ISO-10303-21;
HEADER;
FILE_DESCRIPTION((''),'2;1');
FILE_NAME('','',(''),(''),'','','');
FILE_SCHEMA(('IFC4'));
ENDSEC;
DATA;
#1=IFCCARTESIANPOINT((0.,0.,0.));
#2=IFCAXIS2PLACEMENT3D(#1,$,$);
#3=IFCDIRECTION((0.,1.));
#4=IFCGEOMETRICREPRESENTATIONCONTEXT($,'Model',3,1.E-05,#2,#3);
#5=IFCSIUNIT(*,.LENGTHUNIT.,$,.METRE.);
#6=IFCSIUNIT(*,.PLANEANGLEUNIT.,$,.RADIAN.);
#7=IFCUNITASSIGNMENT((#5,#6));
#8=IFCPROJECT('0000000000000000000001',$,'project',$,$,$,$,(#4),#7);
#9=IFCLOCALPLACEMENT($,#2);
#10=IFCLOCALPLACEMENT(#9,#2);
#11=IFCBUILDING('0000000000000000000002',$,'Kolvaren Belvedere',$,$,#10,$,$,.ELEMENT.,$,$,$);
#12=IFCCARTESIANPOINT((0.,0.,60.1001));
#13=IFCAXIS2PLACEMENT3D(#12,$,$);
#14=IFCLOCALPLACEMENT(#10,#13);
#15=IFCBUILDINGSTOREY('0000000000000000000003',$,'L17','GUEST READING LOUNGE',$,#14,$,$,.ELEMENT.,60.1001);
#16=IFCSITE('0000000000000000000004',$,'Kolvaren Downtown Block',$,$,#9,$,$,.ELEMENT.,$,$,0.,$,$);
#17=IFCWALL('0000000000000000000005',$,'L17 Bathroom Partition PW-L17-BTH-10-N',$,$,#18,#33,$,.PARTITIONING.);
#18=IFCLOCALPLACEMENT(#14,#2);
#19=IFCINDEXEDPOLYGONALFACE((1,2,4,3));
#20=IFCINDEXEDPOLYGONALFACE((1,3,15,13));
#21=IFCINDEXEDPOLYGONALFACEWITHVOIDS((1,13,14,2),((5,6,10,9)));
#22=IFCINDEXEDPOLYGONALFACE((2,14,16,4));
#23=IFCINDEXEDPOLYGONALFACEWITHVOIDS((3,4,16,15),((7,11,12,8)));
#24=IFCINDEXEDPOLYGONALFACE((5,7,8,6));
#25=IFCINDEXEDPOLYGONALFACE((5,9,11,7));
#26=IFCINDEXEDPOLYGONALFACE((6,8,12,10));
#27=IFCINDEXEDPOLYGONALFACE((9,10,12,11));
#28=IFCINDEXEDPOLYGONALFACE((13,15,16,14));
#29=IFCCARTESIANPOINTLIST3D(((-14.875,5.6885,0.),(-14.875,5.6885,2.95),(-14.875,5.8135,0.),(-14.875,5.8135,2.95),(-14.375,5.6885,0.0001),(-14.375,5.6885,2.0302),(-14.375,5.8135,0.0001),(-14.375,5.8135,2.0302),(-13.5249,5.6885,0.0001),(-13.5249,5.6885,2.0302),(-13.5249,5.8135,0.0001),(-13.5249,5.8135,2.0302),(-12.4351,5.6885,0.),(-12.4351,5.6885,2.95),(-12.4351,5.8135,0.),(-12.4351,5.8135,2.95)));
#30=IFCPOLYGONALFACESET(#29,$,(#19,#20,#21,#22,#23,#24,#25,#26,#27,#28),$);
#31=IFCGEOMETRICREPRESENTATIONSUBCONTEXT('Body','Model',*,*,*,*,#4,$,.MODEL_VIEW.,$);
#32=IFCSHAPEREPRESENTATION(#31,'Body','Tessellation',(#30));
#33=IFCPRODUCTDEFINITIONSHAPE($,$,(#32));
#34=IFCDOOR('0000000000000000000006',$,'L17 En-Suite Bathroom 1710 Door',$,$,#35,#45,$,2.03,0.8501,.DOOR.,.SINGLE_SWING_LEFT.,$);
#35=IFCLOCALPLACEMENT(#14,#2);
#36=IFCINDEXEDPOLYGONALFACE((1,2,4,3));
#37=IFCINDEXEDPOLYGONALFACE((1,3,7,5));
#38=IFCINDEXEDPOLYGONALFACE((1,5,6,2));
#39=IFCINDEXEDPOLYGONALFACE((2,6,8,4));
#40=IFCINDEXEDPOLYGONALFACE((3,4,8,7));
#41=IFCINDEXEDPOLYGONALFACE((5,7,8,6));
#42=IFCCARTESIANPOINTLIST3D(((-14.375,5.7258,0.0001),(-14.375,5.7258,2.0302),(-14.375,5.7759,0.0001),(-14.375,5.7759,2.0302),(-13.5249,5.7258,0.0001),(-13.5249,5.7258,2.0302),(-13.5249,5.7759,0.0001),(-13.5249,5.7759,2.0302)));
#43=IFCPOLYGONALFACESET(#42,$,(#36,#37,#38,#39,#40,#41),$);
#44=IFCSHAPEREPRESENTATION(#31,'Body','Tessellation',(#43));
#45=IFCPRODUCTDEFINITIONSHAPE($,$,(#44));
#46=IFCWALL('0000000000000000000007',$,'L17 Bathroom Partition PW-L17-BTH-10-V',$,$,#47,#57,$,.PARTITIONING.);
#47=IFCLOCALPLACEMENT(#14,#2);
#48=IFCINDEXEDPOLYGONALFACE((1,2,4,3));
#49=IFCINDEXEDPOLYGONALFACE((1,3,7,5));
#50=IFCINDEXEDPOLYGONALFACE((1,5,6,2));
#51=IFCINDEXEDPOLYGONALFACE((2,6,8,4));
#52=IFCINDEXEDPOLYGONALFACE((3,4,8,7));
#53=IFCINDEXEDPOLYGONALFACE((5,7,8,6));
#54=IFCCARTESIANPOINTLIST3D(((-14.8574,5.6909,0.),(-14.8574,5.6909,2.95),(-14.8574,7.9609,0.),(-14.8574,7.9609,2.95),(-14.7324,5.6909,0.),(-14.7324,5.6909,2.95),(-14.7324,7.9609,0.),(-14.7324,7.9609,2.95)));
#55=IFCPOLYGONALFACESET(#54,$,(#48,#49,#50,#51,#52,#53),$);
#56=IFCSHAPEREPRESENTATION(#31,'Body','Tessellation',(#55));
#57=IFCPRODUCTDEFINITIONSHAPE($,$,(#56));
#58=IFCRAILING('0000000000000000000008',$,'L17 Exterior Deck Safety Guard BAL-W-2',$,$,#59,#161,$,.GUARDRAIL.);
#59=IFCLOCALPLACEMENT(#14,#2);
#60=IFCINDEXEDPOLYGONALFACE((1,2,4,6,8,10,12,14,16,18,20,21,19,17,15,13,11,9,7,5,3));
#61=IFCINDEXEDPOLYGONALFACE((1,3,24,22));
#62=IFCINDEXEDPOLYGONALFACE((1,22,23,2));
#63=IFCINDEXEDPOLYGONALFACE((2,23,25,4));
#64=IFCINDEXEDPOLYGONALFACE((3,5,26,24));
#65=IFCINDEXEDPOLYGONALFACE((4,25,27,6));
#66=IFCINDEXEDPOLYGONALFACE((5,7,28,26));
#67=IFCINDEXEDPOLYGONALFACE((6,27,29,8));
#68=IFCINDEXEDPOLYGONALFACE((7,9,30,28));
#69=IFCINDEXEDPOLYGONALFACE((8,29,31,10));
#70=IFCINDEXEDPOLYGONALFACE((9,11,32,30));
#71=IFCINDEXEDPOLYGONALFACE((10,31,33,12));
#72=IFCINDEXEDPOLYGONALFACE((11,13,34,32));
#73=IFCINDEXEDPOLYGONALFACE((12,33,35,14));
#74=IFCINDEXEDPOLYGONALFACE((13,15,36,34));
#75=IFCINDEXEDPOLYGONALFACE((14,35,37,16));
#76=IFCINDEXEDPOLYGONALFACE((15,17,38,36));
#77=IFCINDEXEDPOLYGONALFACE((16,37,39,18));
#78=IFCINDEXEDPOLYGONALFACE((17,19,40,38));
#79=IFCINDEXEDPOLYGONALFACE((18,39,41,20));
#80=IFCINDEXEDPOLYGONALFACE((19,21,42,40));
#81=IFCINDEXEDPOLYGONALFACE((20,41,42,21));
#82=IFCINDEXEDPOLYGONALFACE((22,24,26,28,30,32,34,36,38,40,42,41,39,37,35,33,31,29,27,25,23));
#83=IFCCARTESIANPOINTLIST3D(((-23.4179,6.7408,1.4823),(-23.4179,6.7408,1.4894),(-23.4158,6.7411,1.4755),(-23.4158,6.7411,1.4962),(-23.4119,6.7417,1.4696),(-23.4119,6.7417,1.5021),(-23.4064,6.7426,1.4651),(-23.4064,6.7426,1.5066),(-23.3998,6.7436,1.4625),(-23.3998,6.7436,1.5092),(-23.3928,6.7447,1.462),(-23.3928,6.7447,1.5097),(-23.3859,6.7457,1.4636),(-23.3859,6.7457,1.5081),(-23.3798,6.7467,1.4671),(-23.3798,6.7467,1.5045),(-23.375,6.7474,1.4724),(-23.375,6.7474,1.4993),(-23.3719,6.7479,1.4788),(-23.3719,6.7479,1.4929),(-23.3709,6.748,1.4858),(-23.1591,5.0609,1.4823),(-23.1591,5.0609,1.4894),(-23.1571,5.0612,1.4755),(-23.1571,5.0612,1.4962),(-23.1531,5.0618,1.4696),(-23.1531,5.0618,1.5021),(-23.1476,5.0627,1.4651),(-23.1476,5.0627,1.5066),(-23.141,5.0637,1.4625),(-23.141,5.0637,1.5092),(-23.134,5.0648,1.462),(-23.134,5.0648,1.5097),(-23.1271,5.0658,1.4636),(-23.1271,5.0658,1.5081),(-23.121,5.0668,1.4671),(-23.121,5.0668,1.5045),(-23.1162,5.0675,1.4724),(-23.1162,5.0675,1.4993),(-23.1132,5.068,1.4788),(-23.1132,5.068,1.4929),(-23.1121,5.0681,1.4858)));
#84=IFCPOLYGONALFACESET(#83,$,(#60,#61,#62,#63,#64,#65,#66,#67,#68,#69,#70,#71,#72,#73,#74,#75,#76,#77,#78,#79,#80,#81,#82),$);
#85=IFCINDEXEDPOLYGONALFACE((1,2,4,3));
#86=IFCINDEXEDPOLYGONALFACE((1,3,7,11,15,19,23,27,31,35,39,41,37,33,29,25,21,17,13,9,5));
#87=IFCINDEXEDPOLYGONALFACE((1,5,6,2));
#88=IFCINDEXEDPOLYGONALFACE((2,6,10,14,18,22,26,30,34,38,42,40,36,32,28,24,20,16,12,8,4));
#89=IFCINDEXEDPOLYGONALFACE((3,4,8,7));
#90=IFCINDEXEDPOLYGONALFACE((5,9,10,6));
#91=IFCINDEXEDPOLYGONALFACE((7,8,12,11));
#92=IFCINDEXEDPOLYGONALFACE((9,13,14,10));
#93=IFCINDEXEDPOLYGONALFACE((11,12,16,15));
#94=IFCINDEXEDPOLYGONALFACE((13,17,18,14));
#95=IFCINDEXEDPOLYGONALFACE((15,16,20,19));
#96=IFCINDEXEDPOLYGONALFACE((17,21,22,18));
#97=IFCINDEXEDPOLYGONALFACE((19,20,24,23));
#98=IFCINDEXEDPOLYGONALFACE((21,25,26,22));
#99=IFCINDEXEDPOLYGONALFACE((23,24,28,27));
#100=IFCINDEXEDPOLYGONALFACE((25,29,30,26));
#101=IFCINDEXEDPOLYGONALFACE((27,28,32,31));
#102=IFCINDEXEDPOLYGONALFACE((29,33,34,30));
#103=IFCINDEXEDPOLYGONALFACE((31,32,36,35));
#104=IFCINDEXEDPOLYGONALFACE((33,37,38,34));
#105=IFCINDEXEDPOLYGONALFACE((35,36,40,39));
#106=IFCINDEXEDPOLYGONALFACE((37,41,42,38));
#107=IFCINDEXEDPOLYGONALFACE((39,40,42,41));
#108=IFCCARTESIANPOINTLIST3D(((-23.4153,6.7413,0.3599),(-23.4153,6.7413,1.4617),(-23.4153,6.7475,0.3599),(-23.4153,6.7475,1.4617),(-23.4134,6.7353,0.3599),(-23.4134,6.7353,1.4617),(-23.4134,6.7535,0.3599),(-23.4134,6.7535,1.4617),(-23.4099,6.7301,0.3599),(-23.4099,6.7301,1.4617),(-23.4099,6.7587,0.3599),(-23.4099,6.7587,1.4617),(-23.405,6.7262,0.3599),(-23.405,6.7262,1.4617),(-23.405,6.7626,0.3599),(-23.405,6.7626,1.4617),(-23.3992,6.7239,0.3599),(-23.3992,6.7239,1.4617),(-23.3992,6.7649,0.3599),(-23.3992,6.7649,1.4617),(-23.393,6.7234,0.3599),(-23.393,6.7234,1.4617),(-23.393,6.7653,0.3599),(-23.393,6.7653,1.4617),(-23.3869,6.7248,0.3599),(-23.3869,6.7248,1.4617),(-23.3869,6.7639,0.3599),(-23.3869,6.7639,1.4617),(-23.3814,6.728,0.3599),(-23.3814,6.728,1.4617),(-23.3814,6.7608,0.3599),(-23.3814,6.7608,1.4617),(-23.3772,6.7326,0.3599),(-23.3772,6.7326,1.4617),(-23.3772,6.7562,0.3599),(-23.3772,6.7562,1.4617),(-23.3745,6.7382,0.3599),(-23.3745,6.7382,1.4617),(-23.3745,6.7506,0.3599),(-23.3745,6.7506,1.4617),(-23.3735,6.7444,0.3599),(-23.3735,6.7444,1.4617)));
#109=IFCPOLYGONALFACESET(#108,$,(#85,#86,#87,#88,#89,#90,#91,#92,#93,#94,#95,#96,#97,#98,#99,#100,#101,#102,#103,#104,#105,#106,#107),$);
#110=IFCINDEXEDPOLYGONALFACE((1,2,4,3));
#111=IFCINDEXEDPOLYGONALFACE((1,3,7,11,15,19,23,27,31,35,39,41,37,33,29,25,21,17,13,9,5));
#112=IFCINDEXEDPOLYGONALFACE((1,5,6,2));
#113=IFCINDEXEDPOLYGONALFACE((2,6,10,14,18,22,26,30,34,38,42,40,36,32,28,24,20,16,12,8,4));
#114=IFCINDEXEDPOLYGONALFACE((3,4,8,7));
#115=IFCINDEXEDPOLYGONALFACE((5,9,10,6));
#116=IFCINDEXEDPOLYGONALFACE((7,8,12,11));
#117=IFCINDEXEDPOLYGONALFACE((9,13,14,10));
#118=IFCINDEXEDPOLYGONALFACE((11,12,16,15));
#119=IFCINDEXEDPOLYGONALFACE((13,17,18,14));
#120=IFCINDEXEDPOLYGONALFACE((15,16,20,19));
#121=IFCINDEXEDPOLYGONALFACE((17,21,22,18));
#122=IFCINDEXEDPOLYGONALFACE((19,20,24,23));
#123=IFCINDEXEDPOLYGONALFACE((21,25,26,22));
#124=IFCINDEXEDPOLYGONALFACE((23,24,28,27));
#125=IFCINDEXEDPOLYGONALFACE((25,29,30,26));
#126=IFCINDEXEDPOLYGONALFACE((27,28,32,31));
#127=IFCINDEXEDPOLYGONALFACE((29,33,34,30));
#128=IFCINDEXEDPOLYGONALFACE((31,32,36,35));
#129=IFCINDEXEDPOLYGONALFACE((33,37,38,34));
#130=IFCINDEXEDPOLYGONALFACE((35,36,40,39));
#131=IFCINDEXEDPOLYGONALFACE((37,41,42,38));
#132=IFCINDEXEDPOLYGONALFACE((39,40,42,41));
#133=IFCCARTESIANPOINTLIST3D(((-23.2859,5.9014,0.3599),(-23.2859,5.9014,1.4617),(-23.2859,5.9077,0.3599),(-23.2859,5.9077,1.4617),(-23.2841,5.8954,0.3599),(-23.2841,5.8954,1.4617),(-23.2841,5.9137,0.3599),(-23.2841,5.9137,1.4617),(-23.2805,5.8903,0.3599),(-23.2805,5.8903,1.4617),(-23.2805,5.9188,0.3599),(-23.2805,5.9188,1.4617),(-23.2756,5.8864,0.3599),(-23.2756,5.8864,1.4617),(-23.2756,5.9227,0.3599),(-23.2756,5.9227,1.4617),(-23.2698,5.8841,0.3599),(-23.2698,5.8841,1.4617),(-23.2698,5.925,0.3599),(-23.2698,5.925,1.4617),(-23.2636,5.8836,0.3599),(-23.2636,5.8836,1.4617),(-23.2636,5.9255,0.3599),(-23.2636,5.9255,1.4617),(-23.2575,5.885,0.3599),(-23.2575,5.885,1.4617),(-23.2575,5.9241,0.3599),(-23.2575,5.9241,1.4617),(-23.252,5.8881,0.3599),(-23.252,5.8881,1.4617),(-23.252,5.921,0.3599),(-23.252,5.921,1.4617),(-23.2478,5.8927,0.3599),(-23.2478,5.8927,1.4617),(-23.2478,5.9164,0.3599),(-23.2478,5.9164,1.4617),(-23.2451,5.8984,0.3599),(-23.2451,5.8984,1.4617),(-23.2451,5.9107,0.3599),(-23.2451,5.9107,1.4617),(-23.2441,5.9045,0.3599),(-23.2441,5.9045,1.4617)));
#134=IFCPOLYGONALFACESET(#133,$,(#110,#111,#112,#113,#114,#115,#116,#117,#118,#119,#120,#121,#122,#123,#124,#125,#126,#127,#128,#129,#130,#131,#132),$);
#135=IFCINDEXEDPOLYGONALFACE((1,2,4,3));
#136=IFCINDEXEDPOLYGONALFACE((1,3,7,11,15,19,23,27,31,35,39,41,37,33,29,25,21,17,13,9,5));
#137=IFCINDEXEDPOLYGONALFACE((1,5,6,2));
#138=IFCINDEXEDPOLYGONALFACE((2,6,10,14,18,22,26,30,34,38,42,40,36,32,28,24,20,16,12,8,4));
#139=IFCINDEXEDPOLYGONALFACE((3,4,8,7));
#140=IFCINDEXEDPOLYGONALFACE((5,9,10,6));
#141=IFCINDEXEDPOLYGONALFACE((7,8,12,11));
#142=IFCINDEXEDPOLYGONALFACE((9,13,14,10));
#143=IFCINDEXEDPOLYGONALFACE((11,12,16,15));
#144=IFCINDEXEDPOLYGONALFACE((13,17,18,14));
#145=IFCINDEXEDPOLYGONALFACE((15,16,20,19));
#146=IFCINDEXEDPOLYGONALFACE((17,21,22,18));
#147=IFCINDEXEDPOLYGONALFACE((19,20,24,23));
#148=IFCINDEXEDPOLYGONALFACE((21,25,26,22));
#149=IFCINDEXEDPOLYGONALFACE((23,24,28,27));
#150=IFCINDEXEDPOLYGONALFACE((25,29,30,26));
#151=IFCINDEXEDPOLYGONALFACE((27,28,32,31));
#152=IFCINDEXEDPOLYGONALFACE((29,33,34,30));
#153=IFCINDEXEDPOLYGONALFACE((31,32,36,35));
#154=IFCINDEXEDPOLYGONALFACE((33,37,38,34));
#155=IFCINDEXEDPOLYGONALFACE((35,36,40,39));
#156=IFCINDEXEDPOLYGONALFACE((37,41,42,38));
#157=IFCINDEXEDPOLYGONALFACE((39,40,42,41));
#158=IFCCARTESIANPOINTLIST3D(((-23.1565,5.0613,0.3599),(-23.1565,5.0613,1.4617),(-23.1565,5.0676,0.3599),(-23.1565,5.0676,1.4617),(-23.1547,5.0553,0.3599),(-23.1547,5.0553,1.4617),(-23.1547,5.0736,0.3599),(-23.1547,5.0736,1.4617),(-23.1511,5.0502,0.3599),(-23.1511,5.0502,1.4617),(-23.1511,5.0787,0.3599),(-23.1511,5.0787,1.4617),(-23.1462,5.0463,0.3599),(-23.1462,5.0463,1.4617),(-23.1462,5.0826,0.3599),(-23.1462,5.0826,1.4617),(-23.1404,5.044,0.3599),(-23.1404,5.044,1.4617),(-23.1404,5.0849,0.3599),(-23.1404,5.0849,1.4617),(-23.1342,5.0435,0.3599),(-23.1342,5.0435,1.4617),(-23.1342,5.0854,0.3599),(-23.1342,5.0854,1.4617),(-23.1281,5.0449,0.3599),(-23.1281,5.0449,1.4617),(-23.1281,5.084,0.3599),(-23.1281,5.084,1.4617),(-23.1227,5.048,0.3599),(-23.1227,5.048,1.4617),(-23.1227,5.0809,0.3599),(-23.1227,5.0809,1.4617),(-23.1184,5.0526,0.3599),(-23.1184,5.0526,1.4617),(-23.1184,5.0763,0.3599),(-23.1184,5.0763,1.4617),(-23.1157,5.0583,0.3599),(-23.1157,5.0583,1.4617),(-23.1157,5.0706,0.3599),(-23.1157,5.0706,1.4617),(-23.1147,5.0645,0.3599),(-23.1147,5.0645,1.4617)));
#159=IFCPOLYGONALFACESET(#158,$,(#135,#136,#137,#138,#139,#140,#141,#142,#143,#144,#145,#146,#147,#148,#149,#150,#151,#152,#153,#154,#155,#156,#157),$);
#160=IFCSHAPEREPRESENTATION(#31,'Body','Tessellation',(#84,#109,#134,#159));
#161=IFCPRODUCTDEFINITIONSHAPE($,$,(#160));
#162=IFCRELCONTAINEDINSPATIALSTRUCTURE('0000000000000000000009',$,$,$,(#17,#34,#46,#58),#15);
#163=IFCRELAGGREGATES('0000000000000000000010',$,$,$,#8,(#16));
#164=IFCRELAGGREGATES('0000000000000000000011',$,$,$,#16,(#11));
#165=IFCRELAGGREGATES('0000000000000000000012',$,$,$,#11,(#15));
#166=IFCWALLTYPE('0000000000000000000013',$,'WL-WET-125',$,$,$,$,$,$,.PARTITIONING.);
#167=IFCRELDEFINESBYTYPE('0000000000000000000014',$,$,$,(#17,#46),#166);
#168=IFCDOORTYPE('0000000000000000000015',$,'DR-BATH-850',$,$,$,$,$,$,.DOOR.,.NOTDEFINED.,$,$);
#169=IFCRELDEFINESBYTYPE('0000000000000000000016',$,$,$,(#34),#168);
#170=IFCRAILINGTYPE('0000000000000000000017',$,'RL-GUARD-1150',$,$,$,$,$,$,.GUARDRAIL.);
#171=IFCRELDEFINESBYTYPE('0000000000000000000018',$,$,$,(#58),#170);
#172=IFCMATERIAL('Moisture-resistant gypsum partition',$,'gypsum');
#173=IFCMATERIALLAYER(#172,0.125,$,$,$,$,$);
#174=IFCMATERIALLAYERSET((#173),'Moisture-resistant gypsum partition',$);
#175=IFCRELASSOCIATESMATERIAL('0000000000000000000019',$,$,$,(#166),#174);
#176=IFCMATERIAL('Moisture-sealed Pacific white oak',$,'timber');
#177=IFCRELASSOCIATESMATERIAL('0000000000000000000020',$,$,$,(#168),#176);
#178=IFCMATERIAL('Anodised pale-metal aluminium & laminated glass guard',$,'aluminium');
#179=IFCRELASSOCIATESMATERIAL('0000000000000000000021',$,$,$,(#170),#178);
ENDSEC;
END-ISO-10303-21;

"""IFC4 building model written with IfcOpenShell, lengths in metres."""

from ifc_helpers import new_model, si_unit, direction, frame, frame_2d, origin, origin_2d, place, context, subcontext, project, spatial, rectangle, circle, extrude, material, layer, layer_set, type_object, element, fill, save


model = new_model("IFC4")

# Units and contexts
model_context = context("Model", 3, precision=1e-05, world=origin(), true_north=direction((0.0, 1.0)))
body_context = subcontext(model_context, "Body", "Model", "MODEL_VIEW")
ifc_project = project(units=[si_unit("LENGTHUNIT", "METRE"), si_unit("PLANEANGLEUNIT", "RADIAN")], contexts=[model_context])

# Site, building, storey
site_placement = place(None, origin())
site = spatial("IfcSite", under=ifc_project, at=site_placement, Name="Kolvaren Downtown Block", CompositionType="ELEMENT", RefElevation=0.0)
building_placement = place(site_placement, origin())
building = spatial("IfcBuilding", under=site, at=building_placement, Name="Kolvaren Belvedere", CompositionType="ELEMENT")
storey_placement = place(building_placement, frame((0.0, 0.0, 60.1001)))
storey = spatial("IfcBuildingStorey", under=building, at=storey_placement, Name="L17", Description="GUEST READING LOUNGE", CompositionType="ELEMENT", Elevation=60.1001)

# Wall, opening, door
ifc_material_1 = material(Name="Moisture-resistant gypsum partition", Category="gypsum")
ifc_layer_1 = layer(ifc_material_1, 0.125)
ifc_layer_set_1 = layer_set([ifc_layer_1], Name="Moisture-resistant gypsum partition")
wall_type_1 = type_object("IfcWallType", Name="WL-WET-125", PredefinedType="PARTITIONING", material=ifc_layer_set_1)
wall_1_placement = place(storey_placement, frame((-14.875, 5.751, 0.0), z_axis=(0.0, 0.0, 1.0), x_axis=(1.0, 0.0, 0.0)))
wall_1 = element("IfcWall", 1, at=wall_1_placement, inside=storey, type_object=wall_type_1, Name="L17 Bathroom Partition PW-L17-BTH-10-N", PredefinedType="PARTITIONING", context=body_context, shape_type="SweptSolid", body=[
    extrude(rectangle(XDim=2.4399, YDim=0.125, at=frame_2d((1.22, 0.0))), origin(), (0.0, 0.0, 1.0), 2.95),
])
opening_placement = place(wall_1_placement, frame((0.5, 0.0, 0.0)))
opening = element("IfcOpeningElement", 2, at=opening_placement, cuts=wall_1, PredefinedType="OPENING", context=body_context, shape_type="SweptSolid", body=[
    extrude(rectangle(XDim=0.8501, YDim=2.03, at=frame_2d((0.425, 1.0151))), frame((0.0, 0.0725, 0.0), z_axis=(0.0, -1.0, 0.0), x_axis=(1.0, 0.0, 0.0)), (0.0, 0.0, 1.0), 0.145),
])
ifc_material_2 = material(Name="Moisture-sealed Pacific white oak", Category="timber")
door_type = type_object("IfcDoorType", Name="DR-BATH-850", OperationType="NOTDEFINED", PredefinedType="DOOR", material=ifc_material_2)
door_placement = place(opening_placement, origin())
door = element("IfcDoor", 3, at=door_placement, inside=storey, type_object=door_type, Name="L17 En-Suite Bathroom 1710 Door", OperationType="SINGLE_SWING_LEFT", OverallHeight=2.03, OverallWidth=0.8501, PredefinedType="DOOR", context=body_context, shape_type="SweptSolid", body=[
    extrude(rectangle(XDim=0.8501, YDim=2.03, at=frame_2d((0.425, 1.0151))), frame((0.0, 0.0249, 0.0), z_axis=(0.0, -1.0, 0.0), x_axis=(1.0, 0.0, 0.0)), (0.0, 0.0, 1.0), 0.05),
])
fill(opening, door)

# Wall
wall_2_placement = place(storey_placement, frame((-14.7949, 5.6909, 0.0), z_axis=(0.0, 0.0, 1.0), x_axis=(0.0, 1.0, 0.0)))
element("IfcWall", 4, at=wall_2_placement, inside=storey, type_object=wall_type_1, Name="L17 Bathroom Partition PW-L17-BTH-10-V", PredefinedType="PARTITIONING", context=body_context, shape_type="SweptSolid", body=[
    extrude(rectangle(XDim=2.27, YDim=0.125, at=frame_2d((1.135, 0.0))), origin(), (0.0, 0.0, 1.0), 2.95),
])

# Railing
ifc_material_3 = material(Name="Anodised pale-metal aluminium & laminated glass guard", Category="aluminium")
railing_type = type_object("IfcRailingType", Name="RL-GUARD-1150", PredefinedType="GUARDRAIL", material=ifc_material_3)
railing_1_placement = place(storey_placement, frame((-23.3945, 6.7444, 0.3599)))
element("IfcRailing", 5, at=railing_1_placement, inside=storey, type_object=railing_type, Name="L17 Exterior Deck Safety Guard BAL-W-2", PredefinedType="GUARDRAIL", context=body_context, shape_type="SweptSolid", body=[
    extrude(circle(Radius=0.0239, at=origin_2d()), frame((0.0, 0.0, 1.126), z_axis=(0.152251, -0.988342, 0.0), x_axis=(0.988342, 0.152251, 0.0)), (0.0, 0.0, 1.0), 1.6997),
    extrude(circle(Radius=0.021, at=origin_2d()), origin(), (0.0, 0.0, 1.0), 1.1018),
    extrude(circle(Radius=0.021, at=origin_2d()), frame((0.1294, -0.8398, 0.0)), (0.0, 0.0, 1.0), 1.1018),
    extrude(circle(Radius=0.021, at=origin_2d()), frame((0.2588, -1.6799, 0.0)), (0.0, 0.0, 1.0), 1.1018),
])

save(model, "model.ifc")
